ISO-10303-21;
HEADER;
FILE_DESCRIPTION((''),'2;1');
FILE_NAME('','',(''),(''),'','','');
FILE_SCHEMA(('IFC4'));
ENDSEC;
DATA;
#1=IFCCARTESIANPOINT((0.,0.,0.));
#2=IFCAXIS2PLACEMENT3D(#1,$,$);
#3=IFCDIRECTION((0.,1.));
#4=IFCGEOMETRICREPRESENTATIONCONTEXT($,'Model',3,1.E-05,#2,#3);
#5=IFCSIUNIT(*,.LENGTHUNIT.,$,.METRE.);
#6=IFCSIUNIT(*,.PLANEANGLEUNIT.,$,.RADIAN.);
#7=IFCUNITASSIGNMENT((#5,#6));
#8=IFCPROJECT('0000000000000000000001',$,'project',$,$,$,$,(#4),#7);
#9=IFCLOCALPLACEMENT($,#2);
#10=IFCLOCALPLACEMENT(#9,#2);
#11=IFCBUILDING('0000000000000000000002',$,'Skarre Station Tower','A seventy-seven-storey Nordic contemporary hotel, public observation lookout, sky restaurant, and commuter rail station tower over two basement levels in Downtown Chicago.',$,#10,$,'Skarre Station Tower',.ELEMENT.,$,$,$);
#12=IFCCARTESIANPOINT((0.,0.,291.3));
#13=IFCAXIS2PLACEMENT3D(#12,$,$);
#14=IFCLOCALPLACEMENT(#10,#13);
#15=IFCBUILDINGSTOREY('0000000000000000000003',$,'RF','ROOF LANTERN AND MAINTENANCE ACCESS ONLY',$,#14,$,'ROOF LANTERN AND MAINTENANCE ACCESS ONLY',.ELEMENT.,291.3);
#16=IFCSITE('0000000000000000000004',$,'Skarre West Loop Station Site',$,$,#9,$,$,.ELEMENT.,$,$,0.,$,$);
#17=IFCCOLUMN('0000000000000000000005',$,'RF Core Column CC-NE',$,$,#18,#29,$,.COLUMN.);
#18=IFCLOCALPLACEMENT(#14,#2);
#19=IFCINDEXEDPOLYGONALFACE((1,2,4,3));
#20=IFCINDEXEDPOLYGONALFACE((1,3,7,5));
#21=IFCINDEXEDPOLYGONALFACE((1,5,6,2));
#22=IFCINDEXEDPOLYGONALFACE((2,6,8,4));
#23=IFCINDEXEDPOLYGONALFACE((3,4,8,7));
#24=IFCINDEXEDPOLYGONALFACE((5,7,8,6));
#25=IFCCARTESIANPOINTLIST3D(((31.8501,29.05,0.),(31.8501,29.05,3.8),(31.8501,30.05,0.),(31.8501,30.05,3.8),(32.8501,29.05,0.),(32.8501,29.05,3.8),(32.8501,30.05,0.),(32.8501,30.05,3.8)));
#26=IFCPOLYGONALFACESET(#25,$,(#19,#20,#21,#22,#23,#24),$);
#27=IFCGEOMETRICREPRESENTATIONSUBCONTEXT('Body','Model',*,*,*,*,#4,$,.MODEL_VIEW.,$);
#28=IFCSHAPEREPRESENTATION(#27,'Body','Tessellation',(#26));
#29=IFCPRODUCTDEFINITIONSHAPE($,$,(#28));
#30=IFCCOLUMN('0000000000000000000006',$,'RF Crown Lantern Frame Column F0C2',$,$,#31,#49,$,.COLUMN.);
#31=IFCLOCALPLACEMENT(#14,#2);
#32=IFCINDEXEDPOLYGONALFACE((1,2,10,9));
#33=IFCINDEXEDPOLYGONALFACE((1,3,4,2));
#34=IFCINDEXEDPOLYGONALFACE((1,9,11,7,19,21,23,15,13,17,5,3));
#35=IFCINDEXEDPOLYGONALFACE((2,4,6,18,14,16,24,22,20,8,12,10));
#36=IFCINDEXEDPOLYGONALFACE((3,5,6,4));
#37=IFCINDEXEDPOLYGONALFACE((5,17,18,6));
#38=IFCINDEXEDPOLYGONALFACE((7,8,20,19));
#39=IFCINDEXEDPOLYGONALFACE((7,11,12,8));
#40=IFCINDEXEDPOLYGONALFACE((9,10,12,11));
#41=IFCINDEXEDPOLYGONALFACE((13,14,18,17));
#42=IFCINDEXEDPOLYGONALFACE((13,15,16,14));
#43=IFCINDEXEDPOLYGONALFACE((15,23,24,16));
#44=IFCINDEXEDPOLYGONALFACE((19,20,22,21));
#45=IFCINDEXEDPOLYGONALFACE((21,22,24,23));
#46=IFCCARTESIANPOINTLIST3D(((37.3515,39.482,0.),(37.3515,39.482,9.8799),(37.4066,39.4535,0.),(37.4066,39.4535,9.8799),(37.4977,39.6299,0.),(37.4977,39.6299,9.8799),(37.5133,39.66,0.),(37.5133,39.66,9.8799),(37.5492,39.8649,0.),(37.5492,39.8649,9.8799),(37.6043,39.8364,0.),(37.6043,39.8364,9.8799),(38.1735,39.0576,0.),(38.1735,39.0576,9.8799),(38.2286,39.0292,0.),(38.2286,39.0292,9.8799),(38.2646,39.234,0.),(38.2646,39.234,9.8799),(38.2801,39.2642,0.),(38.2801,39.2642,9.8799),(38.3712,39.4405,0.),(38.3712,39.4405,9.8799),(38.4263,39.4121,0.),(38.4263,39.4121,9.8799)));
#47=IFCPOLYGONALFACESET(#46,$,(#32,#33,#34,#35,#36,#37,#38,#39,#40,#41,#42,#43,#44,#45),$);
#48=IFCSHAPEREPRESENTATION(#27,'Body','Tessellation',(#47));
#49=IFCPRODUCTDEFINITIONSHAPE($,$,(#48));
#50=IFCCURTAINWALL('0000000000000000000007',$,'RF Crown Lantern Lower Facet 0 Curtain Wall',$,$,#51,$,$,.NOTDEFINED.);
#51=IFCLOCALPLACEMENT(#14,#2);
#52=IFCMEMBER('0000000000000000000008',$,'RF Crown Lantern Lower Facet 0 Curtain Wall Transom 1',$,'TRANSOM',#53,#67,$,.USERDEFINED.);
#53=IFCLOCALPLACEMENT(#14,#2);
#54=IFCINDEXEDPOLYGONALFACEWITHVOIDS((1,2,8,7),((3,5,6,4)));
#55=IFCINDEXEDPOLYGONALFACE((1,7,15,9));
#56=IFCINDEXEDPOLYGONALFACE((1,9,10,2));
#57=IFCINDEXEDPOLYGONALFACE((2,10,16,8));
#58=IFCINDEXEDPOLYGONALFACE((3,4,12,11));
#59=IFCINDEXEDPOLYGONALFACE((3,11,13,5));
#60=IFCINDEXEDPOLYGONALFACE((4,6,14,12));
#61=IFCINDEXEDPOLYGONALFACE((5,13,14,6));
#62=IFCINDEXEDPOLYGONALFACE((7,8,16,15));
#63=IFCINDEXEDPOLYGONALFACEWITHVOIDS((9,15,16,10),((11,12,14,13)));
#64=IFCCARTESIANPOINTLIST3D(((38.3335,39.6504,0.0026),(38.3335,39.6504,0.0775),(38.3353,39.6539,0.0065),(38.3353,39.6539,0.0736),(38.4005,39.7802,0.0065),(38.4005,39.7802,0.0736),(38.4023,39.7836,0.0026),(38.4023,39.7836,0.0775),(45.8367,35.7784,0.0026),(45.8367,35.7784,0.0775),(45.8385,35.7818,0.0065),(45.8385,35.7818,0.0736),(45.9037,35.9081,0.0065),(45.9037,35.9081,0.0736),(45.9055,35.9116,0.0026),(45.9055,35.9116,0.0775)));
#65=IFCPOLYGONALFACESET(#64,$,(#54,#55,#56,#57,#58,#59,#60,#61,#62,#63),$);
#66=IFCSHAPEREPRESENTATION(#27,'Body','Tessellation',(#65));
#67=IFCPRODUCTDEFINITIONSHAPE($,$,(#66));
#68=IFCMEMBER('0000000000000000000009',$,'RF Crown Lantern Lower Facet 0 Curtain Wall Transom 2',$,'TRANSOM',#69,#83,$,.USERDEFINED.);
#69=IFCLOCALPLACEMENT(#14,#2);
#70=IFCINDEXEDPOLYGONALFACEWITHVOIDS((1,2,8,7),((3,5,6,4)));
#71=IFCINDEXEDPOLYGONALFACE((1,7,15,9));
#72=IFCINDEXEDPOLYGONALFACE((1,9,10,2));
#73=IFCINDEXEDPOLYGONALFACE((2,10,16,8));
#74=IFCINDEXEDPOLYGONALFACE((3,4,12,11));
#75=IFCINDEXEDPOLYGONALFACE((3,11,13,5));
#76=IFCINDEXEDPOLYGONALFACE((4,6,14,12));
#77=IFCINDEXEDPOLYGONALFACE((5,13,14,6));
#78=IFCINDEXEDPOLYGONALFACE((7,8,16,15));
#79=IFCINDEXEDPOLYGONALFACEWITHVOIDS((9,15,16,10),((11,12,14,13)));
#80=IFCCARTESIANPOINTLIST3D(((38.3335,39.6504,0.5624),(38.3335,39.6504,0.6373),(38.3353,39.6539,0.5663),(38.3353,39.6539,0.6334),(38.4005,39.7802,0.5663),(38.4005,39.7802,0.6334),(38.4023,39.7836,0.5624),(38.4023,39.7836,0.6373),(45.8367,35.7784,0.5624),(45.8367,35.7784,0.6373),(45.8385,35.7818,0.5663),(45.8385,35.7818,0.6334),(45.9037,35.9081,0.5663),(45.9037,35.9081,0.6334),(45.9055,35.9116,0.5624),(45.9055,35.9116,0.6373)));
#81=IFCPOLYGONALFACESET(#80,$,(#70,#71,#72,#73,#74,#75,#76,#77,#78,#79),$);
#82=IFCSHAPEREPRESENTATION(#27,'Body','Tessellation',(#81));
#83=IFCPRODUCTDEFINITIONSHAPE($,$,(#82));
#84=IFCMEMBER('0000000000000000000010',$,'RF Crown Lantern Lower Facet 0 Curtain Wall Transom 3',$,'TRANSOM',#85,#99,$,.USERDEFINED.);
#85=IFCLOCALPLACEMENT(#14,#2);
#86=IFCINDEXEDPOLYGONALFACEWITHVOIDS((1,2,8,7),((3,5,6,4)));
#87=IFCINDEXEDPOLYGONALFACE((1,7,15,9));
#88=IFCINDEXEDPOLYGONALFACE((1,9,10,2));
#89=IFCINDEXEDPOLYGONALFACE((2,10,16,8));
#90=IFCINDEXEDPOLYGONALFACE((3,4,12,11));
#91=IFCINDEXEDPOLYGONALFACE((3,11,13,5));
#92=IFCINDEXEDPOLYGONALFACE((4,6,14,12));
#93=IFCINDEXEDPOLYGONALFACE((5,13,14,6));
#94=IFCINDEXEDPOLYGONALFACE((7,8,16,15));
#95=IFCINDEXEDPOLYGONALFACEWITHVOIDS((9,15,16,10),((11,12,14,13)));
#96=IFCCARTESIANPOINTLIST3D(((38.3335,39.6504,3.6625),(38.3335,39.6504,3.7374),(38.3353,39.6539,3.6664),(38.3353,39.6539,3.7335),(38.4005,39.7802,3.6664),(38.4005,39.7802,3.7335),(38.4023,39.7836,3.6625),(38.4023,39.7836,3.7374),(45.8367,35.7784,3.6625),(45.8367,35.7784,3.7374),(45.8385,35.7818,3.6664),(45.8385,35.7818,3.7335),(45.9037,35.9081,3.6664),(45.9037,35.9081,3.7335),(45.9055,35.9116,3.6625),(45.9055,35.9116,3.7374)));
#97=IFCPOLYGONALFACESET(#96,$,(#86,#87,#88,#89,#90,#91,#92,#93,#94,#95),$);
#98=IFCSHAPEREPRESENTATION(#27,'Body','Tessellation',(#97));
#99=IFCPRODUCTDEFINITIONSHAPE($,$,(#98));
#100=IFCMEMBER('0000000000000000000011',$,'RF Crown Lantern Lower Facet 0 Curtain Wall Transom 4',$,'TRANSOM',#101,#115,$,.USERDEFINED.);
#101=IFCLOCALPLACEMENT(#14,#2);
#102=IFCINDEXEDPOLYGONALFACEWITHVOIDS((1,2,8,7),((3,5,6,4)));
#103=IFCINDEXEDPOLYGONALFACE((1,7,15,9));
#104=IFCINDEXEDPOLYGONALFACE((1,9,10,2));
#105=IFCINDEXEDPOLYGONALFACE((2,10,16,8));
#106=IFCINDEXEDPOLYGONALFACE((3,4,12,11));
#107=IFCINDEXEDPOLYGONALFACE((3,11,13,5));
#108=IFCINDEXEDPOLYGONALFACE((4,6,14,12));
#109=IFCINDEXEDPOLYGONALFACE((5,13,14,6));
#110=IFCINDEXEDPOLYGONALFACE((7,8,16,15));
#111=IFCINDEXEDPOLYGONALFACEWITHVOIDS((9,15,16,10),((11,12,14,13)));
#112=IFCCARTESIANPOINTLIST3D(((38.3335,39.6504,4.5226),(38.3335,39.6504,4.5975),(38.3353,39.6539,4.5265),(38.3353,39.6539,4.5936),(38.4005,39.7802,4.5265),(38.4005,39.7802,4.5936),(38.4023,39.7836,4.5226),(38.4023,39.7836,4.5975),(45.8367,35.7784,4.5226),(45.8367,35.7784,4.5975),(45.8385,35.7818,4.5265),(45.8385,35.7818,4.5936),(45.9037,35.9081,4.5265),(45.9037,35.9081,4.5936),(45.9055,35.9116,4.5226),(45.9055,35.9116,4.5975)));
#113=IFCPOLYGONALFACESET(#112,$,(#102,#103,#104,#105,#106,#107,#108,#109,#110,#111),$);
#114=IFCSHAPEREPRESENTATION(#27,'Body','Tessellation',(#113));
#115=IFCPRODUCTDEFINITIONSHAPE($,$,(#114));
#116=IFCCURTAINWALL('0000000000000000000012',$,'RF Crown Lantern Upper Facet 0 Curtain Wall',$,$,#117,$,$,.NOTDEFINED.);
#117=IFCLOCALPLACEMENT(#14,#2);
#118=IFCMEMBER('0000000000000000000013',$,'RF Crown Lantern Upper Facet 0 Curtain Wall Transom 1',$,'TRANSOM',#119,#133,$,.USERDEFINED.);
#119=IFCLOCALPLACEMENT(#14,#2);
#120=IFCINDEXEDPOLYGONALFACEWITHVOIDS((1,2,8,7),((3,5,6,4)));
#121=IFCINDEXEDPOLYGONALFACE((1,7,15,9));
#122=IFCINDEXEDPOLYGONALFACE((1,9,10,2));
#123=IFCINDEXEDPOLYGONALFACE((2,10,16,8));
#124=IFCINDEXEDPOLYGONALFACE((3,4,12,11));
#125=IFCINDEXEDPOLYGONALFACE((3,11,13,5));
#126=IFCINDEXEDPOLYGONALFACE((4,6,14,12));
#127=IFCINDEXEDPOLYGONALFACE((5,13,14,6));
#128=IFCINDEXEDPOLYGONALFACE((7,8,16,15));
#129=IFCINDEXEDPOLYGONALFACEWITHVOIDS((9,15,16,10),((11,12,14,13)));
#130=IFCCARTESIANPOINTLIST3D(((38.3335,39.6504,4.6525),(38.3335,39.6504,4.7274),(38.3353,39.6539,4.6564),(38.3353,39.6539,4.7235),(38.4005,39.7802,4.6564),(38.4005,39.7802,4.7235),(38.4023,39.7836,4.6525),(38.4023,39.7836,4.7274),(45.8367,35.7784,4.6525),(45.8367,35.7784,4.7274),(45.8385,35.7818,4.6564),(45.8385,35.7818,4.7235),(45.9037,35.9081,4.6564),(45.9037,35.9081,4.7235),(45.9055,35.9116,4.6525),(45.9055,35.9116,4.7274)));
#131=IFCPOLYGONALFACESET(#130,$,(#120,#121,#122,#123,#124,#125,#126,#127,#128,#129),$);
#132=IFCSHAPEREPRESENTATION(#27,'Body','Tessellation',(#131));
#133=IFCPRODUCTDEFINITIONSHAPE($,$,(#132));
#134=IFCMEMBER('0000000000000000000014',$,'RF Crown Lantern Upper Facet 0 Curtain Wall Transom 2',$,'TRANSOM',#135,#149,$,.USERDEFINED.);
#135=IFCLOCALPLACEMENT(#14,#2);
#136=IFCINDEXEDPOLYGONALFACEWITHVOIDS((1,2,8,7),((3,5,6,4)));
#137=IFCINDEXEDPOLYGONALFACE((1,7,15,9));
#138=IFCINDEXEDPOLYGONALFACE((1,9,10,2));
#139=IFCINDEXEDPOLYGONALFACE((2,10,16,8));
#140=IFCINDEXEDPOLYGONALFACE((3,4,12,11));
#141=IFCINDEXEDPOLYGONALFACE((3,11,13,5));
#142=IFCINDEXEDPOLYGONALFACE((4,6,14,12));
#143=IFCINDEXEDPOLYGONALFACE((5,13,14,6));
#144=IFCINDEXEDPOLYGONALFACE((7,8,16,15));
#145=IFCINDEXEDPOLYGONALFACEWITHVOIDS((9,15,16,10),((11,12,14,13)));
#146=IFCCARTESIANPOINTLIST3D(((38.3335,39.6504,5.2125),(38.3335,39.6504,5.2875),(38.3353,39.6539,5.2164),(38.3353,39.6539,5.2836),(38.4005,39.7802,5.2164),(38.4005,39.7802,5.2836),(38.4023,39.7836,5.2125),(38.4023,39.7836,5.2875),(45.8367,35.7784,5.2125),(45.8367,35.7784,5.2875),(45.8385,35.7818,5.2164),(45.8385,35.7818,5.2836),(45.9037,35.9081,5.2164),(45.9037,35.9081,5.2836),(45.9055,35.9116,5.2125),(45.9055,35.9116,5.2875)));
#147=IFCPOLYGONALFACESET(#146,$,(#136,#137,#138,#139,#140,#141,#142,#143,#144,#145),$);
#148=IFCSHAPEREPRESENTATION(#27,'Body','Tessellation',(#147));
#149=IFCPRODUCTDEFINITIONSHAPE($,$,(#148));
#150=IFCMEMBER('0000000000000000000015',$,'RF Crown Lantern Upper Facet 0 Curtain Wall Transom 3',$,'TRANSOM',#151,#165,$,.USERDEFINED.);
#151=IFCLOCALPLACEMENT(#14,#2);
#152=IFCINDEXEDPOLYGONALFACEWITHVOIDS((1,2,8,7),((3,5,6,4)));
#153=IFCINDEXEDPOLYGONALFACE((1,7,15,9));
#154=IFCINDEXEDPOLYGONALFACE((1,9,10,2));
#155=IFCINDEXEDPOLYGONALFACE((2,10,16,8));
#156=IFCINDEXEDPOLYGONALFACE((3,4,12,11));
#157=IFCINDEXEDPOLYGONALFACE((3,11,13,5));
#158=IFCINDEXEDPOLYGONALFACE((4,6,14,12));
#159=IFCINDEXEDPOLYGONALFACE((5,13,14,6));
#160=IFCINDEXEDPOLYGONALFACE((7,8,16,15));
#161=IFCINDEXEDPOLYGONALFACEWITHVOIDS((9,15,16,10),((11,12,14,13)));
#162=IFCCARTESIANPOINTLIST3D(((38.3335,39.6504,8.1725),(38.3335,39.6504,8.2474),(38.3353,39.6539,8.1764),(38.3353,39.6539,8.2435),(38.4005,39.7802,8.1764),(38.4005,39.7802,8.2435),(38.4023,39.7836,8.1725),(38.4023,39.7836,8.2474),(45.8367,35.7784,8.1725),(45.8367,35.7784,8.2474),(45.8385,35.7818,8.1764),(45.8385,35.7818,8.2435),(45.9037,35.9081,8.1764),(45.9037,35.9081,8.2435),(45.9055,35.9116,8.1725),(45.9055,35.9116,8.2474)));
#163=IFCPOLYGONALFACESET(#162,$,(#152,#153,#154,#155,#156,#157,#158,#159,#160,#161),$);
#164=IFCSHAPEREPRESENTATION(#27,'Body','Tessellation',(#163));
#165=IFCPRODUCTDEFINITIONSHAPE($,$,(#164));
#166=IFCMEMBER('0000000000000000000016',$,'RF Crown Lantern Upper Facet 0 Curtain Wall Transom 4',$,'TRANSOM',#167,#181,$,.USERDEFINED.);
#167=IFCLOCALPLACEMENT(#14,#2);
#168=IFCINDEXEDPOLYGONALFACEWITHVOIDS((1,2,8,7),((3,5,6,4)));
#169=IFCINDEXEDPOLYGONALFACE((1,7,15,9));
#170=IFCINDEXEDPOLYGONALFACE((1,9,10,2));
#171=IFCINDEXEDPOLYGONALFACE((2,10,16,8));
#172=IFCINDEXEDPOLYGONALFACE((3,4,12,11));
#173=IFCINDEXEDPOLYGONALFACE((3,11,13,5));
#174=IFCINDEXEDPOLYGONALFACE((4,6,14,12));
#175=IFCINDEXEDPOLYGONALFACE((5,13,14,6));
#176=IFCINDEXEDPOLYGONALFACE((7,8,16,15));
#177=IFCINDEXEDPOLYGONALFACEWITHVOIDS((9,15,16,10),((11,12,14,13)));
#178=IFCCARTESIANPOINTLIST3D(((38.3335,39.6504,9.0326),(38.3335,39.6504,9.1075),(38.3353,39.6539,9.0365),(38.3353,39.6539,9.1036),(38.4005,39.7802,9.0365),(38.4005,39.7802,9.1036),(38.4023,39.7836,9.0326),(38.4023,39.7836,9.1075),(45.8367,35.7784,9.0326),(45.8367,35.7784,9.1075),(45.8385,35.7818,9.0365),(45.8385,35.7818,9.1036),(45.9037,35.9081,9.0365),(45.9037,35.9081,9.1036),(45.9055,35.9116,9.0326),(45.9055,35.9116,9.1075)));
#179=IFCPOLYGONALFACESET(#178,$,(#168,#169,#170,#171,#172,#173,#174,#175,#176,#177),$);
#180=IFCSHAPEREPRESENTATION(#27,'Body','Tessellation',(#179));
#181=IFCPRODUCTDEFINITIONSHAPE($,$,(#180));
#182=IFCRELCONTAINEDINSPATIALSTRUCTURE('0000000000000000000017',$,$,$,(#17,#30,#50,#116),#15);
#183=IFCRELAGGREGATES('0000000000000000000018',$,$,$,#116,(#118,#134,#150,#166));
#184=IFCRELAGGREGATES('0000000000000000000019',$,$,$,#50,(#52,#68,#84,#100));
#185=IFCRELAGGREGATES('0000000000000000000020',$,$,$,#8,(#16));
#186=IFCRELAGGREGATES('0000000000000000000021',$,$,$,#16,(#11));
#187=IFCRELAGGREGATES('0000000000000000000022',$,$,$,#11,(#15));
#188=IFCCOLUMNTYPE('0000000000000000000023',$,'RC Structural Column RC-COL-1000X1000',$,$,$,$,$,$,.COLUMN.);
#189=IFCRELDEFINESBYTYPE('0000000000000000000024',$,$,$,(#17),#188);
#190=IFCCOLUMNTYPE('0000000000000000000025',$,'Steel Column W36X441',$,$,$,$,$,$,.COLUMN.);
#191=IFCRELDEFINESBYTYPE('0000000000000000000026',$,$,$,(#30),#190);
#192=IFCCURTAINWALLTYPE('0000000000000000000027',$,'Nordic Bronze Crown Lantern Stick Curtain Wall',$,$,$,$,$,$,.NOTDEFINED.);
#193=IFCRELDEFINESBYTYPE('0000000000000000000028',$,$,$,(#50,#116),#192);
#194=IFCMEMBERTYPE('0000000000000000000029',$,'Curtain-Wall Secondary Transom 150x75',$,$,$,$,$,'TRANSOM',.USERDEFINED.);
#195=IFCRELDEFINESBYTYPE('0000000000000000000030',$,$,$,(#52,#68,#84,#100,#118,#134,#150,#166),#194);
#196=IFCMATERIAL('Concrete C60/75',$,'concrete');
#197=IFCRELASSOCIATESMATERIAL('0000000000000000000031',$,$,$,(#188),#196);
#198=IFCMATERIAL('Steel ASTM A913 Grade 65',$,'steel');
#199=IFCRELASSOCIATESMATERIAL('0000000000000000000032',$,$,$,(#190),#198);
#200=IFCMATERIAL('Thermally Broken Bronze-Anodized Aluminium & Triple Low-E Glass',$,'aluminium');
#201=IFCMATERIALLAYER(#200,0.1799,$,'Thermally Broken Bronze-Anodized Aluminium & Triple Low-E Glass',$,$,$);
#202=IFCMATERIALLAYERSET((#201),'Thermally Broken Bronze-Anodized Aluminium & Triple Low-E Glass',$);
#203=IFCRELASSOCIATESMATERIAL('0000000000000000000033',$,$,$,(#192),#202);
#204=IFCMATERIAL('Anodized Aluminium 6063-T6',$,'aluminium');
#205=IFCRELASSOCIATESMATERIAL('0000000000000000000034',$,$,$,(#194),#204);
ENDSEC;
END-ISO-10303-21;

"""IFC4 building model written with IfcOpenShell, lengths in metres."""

from ifc_helpers import new_model, si_unit, direction, frame, origin, origin_2d, place, context, subcontext, project, spatial, rectangle, hollow_rectangle, i_section, extrude, material, layer, layer_set, material_profile, profile_set, type_object, element, aggregate, save


model = new_model("IFC4")

# Units and contexts
model_context = context("Model", 3, precision=1e-05, world=origin(), true_north=direction((0.0, 1.0)))
body_context = subcontext(model_context, "Body", "Model", "MODEL_VIEW")
ifc_project = project(units=[si_unit("LENGTHUNIT", "METRE"), si_unit("PLANEANGLEUNIT", "RADIAN")], contexts=[model_context])

# Site, building, storey
site_placement = place(None, origin())
site = spatial("IfcSite", under=ifc_project, at=site_placement, Name="Skarre West Loop Station Site", CompositionType="ELEMENT", RefElevation=0.0)
building_placement = place(site_placement, origin())
building = spatial("IfcBuilding", under=site, at=building_placement, Name="Skarre Station Tower", Description="A seventy-seven-storey Nordic contemporary hotel, public observation lookout, sky restaurant, and commuter rail station tower over two basement levels in Downtown Chicago.", LongName="Skarre Station Tower", CompositionType="ELEMENT")
storey_placement = place(building_placement, frame((0.0, 0.0, 291.3)))
storey = spatial("IfcBuildingStorey", under=building, at=storey_placement, Name="RF", Description="ROOF LANTERN AND MAINTENANCE ACCESS ONLY", LongName="ROOF LANTERN AND MAINTENANCE ACCESS ONLY", CompositionType="ELEMENT", Elevation=291.3)

# Columns
ifc_material_1 = material(Name="Concrete C60/75", Category="concrete")
ifc_material_profile_1 = material_profile(ifc_material_1, rectangle(XDim=1.0, YDim=1.0, at=origin_2d()), Name="Concrete C60/75")
ifc_profile_set_1 = profile_set([ifc_material_profile_1], Name="Concrete C60/75")
column_type_1 = type_object("IfcColumnType", Name="RC Structural Column RC-COL-1000X1000", PredefinedType="COLUMN", material=ifc_profile_set_1)
column_1_placement = place(storey_placement, frame((32.3501, 29.55, 0.0), z_axis=(0.0, 0.0, 1.0), x_axis=(1.0, 0.0, 0.0)))
element("IfcColumn", 1, at=column_1_placement, inside=storey, type_object=column_type_1, Name="RF Core Column CC-NE", PredefinedType="COLUMN", context=body_context, shape_type="SweptSolid", body=[
    extrude(rectangle(XDim=1.0, YDim=1.0, at=origin_2d()), origin(), (0.0, 0.0, 1.0), 3.8),
])
ifc_material_2 = material(Name="Steel ASTM A913 Grade 65", Category="steel")
ifc_material_profile_2 = material_profile(ifc_material_2, i_section(OverallWidth=0.4309, OverallDepth=0.9871, WebThickness=0.0339, FlangeThickness=0.062, at=origin_2d()), Name="Steel ASTM A913 Grade 65")
ifc_profile_set_2 = profile_set([ifc_material_profile_2], Name="Steel ASTM A913 Grade 65")
column_type_2 = type_object("IfcColumnType", Name="Steel Column W36X441", PredefinedType="COLUMN", material=ifc_profile_set_2)
column_2_placement = place(storey_placement, frame((37.8889, 39.447, 0.0), z_axis=(0.0, 0.0, 1.0), x_axis=(0.458712, 0.888585, 0.0)))
element("IfcColumn", 2, at=column_2_placement, inside=storey, type_object=column_type_2, Name="RF Crown Lantern Frame Column F0C2", PredefinedType="COLUMN", context=body_context, shape_type="SweptSolid", body=[
    extrude(i_section(OverallWidth=0.4309, OverallDepth=0.9871, WebThickness=0.0339, FlangeThickness=0.062, at=origin_2d()), origin(), (0.0, 0.0, 1.0), 9.8799),
])

# Curtain walls, members
ifc_material_3 = material(Name="Thermally Broken Bronze-Anodized Aluminium & Triple Low-E Glass", Category="aluminium")
ifc_layer_1 = layer(ifc_material_3, 0.1799, Name="Thermally Broken Bronze-Anodized Aluminium & Triple Low-E Glass")
ifc_layer_set_1 = layer_set([ifc_layer_1], Name="Thermally Broken Bronze-Anodized Aluminium & Triple Low-E Glass")
curtain_wall_type = type_object("IfcCurtainWallType", Name="Nordic Bronze Crown Lantern Stick Curtain Wall", PredefinedType="NOTDEFINED", material=ifc_layer_set_1)
curtain_wall_1_placement = place(storey_placement, origin())
curtain_wall_1 = element("IfcCurtainWall", 3, at=curtain_wall_1_placement, inside=storey, type_object=curtain_wall_type, Name="RF Crown Lantern Lower Facet 0 Curtain Wall", PredefinedType="NOTDEFINED")
ifc_material_4 = material(Name="Anodized Aluminium 6063-T6", Category="aluminium")
ifc_material_profile_3 = material_profile(ifc_material_4, hollow_rectangle(XDim=0.075, YDim=0.1499, WallThickness=0.0039, at=origin_2d()), Name="Anodized Aluminium 6063-T6")
ifc_profile_set_3 = profile_set([ifc_material_profile_3], Name="Anodized Aluminium 6063-T6")
member_type_1 = type_object("IfcMemberType", Name="Curtain-Wall Secondary Transom 150x75", ElementType="TRANSOM", PredefinedType="USERDEFINED", material=ifc_profile_set_3)
member_1_placement = place(storey_placement, frame((38.3679, 39.717, 0.04), z_axis=(0.888647, -0.458593, 0.0), x_axis=(0.0, 0.0, 1.0)))
member_1 = element("IfcMember", 4, at=member_1_placement, type_object=member_type_1, Name="RF Crown Lantern Lower Facet 0 Curtain Wall Transom 1", ObjectType="TRANSOM", PredefinedType="USERDEFINED", context=body_context, shape_type="SweptSolid", body=[
    extrude(hollow_rectangle(XDim=0.075, YDim=0.1499, WallThickness=0.0039, at=origin_2d()), origin(), (0.0, 0.0, 1.0), 8.4434),
])
member_2_placement = place(storey_placement, frame((38.3679, 39.717, 0.5999), z_axis=(0.888647, -0.458593, 0.0), x_axis=(0.0, 0.0, 1.0)))
member_2 = element("IfcMember", 5, at=member_2_placement, type_object=member_type_1, Name="RF Crown Lantern Lower Facet 0 Curtain Wall Transom 2", ObjectType="TRANSOM", PredefinedType="USERDEFINED", context=body_context, shape_type="SweptSolid", body=[
    extrude(hollow_rectangle(XDim=0.075, YDim=0.1499, WallThickness=0.0039, at=origin_2d()), origin(), (0.0, 0.0, 1.0), 8.4434),
])
member_3_placement = place(storey_placement, frame((38.3679, 39.717, 3.7), z_axis=(0.888647, -0.458593, 0.0), x_axis=(0.0, 0.0, 1.0)))
member_3 = element("IfcMember", 6, at=member_3_placement, type_object=member_type_1, Name="RF Crown Lantern Lower Facet 0 Curtain Wall Transom 3", ObjectType="TRANSOM", PredefinedType="USERDEFINED", context=body_context, shape_type="SweptSolid", body=[
    extrude(hollow_rectangle(XDim=0.075, YDim=0.1499, WallThickness=0.0039, at=origin_2d()), origin(), (0.0, 0.0, 1.0), 8.4434),
])
member_4_placement = place(storey_placement, frame((38.3679, 39.717, 4.5601), z_axis=(0.888647, -0.458593, 0.0), x_axis=(0.0, 0.0, 1.0)))
member_4 = element("IfcMember", 7, at=member_4_placement, type_object=member_type_1, Name="RF Crown Lantern Lower Facet 0 Curtain Wall Transom 4", ObjectType="TRANSOM", PredefinedType="USERDEFINED", context=body_context, shape_type="SweptSolid", body=[
    extrude(hollow_rectangle(XDim=0.075, YDim=0.1499, WallThickness=0.0039, at=origin_2d()), origin(), (0.0, 0.0, 1.0), 8.4434),
])
curtain_wall_2_placement = place(storey_placement, origin())
curtain_wall_2 = element("IfcCurtainWall", 8, at=curtain_wall_2_placement, inside=storey, type_object=curtain_wall_type, Name="RF Crown Lantern Upper Facet 0 Curtain Wall", PredefinedType="NOTDEFINED")
member_5_placement = place(storey_placement, frame((38.3679, 39.717, 4.6899), z_axis=(0.888647, -0.458593, 0.0), x_axis=(0.0, 0.0, 1.0)))
member_5 = element("IfcMember", 9, at=member_5_placement, type_object=member_type_1, Name="RF Crown Lantern Upper Facet 0 Curtain Wall Transom 1", ObjectType="TRANSOM", PredefinedType="USERDEFINED", context=body_context, shape_type="SweptSolid", body=[
    extrude(hollow_rectangle(XDim=0.075, YDim=0.1499, WallThickness=0.0039, at=origin_2d()), origin(), (0.0, 0.0, 1.0), 8.4434),
])
member_6_placement = place(storey_placement, frame((38.3679, 39.717, 5.25), z_axis=(0.888647, -0.458593, 0.0), x_axis=(0.0, 0.0, 1.0)))
member_6 = element("IfcMember", 10, at=member_6_placement, type_object=member_type_1, Name="RF Crown Lantern Upper Facet 0 Curtain Wall Transom 2", ObjectType="TRANSOM", PredefinedType="USERDEFINED", context=body_context, shape_type="SweptSolid", body=[
    extrude(hollow_rectangle(XDim=0.075, YDim=0.1499, WallThickness=0.0039, at=origin_2d()), origin(), (0.0, 0.0, 1.0), 8.4434),
])
member_7_placement = place(storey_placement, frame((38.3679, 39.717, 8.21), z_axis=(0.888647, -0.458593, 0.0), x_axis=(0.0, 0.0, 1.0)))
member_7 = element("IfcMember", 11, at=member_7_placement, type_object=member_type_1, Name="RF Crown Lantern Upper Facet 0 Curtain Wall Transom 3", ObjectType="TRANSOM", PredefinedType="USERDEFINED", context=body_context, shape_type="SweptSolid", body=[
    extrude(hollow_rectangle(XDim=0.075, YDim=0.1499, WallThickness=0.0039, at=origin_2d()), origin(), (0.0, 0.0, 1.0), 8.4434),
])
member_8_placement = place(storey_placement, frame((38.3679, 39.717, 9.0701), z_axis=(0.888647, -0.458593, 0.0), x_axis=(0.0, 0.0, 1.0)))
member_8 = element("IfcMember", 12, at=member_8_placement, type_object=member_type_1, Name="RF Crown Lantern Upper Facet 0 Curtain Wall Transom 4", ObjectType="TRANSOM", PredefinedType="USERDEFINED", context=body_context, shape_type="SweptSolid", body=[
    extrude(hollow_rectangle(XDim=0.075, YDim=0.1499, WallThickness=0.0039, at=origin_2d()), origin(), (0.0, 0.0, 1.0), 8.4434),
])

aggregate(curtain_wall_2, [member_5, member_6, member_7, member_8])

aggregate(curtain_wall_1, [member_1, member_2, member_3, member_4])

save(model, "model.ifc")
